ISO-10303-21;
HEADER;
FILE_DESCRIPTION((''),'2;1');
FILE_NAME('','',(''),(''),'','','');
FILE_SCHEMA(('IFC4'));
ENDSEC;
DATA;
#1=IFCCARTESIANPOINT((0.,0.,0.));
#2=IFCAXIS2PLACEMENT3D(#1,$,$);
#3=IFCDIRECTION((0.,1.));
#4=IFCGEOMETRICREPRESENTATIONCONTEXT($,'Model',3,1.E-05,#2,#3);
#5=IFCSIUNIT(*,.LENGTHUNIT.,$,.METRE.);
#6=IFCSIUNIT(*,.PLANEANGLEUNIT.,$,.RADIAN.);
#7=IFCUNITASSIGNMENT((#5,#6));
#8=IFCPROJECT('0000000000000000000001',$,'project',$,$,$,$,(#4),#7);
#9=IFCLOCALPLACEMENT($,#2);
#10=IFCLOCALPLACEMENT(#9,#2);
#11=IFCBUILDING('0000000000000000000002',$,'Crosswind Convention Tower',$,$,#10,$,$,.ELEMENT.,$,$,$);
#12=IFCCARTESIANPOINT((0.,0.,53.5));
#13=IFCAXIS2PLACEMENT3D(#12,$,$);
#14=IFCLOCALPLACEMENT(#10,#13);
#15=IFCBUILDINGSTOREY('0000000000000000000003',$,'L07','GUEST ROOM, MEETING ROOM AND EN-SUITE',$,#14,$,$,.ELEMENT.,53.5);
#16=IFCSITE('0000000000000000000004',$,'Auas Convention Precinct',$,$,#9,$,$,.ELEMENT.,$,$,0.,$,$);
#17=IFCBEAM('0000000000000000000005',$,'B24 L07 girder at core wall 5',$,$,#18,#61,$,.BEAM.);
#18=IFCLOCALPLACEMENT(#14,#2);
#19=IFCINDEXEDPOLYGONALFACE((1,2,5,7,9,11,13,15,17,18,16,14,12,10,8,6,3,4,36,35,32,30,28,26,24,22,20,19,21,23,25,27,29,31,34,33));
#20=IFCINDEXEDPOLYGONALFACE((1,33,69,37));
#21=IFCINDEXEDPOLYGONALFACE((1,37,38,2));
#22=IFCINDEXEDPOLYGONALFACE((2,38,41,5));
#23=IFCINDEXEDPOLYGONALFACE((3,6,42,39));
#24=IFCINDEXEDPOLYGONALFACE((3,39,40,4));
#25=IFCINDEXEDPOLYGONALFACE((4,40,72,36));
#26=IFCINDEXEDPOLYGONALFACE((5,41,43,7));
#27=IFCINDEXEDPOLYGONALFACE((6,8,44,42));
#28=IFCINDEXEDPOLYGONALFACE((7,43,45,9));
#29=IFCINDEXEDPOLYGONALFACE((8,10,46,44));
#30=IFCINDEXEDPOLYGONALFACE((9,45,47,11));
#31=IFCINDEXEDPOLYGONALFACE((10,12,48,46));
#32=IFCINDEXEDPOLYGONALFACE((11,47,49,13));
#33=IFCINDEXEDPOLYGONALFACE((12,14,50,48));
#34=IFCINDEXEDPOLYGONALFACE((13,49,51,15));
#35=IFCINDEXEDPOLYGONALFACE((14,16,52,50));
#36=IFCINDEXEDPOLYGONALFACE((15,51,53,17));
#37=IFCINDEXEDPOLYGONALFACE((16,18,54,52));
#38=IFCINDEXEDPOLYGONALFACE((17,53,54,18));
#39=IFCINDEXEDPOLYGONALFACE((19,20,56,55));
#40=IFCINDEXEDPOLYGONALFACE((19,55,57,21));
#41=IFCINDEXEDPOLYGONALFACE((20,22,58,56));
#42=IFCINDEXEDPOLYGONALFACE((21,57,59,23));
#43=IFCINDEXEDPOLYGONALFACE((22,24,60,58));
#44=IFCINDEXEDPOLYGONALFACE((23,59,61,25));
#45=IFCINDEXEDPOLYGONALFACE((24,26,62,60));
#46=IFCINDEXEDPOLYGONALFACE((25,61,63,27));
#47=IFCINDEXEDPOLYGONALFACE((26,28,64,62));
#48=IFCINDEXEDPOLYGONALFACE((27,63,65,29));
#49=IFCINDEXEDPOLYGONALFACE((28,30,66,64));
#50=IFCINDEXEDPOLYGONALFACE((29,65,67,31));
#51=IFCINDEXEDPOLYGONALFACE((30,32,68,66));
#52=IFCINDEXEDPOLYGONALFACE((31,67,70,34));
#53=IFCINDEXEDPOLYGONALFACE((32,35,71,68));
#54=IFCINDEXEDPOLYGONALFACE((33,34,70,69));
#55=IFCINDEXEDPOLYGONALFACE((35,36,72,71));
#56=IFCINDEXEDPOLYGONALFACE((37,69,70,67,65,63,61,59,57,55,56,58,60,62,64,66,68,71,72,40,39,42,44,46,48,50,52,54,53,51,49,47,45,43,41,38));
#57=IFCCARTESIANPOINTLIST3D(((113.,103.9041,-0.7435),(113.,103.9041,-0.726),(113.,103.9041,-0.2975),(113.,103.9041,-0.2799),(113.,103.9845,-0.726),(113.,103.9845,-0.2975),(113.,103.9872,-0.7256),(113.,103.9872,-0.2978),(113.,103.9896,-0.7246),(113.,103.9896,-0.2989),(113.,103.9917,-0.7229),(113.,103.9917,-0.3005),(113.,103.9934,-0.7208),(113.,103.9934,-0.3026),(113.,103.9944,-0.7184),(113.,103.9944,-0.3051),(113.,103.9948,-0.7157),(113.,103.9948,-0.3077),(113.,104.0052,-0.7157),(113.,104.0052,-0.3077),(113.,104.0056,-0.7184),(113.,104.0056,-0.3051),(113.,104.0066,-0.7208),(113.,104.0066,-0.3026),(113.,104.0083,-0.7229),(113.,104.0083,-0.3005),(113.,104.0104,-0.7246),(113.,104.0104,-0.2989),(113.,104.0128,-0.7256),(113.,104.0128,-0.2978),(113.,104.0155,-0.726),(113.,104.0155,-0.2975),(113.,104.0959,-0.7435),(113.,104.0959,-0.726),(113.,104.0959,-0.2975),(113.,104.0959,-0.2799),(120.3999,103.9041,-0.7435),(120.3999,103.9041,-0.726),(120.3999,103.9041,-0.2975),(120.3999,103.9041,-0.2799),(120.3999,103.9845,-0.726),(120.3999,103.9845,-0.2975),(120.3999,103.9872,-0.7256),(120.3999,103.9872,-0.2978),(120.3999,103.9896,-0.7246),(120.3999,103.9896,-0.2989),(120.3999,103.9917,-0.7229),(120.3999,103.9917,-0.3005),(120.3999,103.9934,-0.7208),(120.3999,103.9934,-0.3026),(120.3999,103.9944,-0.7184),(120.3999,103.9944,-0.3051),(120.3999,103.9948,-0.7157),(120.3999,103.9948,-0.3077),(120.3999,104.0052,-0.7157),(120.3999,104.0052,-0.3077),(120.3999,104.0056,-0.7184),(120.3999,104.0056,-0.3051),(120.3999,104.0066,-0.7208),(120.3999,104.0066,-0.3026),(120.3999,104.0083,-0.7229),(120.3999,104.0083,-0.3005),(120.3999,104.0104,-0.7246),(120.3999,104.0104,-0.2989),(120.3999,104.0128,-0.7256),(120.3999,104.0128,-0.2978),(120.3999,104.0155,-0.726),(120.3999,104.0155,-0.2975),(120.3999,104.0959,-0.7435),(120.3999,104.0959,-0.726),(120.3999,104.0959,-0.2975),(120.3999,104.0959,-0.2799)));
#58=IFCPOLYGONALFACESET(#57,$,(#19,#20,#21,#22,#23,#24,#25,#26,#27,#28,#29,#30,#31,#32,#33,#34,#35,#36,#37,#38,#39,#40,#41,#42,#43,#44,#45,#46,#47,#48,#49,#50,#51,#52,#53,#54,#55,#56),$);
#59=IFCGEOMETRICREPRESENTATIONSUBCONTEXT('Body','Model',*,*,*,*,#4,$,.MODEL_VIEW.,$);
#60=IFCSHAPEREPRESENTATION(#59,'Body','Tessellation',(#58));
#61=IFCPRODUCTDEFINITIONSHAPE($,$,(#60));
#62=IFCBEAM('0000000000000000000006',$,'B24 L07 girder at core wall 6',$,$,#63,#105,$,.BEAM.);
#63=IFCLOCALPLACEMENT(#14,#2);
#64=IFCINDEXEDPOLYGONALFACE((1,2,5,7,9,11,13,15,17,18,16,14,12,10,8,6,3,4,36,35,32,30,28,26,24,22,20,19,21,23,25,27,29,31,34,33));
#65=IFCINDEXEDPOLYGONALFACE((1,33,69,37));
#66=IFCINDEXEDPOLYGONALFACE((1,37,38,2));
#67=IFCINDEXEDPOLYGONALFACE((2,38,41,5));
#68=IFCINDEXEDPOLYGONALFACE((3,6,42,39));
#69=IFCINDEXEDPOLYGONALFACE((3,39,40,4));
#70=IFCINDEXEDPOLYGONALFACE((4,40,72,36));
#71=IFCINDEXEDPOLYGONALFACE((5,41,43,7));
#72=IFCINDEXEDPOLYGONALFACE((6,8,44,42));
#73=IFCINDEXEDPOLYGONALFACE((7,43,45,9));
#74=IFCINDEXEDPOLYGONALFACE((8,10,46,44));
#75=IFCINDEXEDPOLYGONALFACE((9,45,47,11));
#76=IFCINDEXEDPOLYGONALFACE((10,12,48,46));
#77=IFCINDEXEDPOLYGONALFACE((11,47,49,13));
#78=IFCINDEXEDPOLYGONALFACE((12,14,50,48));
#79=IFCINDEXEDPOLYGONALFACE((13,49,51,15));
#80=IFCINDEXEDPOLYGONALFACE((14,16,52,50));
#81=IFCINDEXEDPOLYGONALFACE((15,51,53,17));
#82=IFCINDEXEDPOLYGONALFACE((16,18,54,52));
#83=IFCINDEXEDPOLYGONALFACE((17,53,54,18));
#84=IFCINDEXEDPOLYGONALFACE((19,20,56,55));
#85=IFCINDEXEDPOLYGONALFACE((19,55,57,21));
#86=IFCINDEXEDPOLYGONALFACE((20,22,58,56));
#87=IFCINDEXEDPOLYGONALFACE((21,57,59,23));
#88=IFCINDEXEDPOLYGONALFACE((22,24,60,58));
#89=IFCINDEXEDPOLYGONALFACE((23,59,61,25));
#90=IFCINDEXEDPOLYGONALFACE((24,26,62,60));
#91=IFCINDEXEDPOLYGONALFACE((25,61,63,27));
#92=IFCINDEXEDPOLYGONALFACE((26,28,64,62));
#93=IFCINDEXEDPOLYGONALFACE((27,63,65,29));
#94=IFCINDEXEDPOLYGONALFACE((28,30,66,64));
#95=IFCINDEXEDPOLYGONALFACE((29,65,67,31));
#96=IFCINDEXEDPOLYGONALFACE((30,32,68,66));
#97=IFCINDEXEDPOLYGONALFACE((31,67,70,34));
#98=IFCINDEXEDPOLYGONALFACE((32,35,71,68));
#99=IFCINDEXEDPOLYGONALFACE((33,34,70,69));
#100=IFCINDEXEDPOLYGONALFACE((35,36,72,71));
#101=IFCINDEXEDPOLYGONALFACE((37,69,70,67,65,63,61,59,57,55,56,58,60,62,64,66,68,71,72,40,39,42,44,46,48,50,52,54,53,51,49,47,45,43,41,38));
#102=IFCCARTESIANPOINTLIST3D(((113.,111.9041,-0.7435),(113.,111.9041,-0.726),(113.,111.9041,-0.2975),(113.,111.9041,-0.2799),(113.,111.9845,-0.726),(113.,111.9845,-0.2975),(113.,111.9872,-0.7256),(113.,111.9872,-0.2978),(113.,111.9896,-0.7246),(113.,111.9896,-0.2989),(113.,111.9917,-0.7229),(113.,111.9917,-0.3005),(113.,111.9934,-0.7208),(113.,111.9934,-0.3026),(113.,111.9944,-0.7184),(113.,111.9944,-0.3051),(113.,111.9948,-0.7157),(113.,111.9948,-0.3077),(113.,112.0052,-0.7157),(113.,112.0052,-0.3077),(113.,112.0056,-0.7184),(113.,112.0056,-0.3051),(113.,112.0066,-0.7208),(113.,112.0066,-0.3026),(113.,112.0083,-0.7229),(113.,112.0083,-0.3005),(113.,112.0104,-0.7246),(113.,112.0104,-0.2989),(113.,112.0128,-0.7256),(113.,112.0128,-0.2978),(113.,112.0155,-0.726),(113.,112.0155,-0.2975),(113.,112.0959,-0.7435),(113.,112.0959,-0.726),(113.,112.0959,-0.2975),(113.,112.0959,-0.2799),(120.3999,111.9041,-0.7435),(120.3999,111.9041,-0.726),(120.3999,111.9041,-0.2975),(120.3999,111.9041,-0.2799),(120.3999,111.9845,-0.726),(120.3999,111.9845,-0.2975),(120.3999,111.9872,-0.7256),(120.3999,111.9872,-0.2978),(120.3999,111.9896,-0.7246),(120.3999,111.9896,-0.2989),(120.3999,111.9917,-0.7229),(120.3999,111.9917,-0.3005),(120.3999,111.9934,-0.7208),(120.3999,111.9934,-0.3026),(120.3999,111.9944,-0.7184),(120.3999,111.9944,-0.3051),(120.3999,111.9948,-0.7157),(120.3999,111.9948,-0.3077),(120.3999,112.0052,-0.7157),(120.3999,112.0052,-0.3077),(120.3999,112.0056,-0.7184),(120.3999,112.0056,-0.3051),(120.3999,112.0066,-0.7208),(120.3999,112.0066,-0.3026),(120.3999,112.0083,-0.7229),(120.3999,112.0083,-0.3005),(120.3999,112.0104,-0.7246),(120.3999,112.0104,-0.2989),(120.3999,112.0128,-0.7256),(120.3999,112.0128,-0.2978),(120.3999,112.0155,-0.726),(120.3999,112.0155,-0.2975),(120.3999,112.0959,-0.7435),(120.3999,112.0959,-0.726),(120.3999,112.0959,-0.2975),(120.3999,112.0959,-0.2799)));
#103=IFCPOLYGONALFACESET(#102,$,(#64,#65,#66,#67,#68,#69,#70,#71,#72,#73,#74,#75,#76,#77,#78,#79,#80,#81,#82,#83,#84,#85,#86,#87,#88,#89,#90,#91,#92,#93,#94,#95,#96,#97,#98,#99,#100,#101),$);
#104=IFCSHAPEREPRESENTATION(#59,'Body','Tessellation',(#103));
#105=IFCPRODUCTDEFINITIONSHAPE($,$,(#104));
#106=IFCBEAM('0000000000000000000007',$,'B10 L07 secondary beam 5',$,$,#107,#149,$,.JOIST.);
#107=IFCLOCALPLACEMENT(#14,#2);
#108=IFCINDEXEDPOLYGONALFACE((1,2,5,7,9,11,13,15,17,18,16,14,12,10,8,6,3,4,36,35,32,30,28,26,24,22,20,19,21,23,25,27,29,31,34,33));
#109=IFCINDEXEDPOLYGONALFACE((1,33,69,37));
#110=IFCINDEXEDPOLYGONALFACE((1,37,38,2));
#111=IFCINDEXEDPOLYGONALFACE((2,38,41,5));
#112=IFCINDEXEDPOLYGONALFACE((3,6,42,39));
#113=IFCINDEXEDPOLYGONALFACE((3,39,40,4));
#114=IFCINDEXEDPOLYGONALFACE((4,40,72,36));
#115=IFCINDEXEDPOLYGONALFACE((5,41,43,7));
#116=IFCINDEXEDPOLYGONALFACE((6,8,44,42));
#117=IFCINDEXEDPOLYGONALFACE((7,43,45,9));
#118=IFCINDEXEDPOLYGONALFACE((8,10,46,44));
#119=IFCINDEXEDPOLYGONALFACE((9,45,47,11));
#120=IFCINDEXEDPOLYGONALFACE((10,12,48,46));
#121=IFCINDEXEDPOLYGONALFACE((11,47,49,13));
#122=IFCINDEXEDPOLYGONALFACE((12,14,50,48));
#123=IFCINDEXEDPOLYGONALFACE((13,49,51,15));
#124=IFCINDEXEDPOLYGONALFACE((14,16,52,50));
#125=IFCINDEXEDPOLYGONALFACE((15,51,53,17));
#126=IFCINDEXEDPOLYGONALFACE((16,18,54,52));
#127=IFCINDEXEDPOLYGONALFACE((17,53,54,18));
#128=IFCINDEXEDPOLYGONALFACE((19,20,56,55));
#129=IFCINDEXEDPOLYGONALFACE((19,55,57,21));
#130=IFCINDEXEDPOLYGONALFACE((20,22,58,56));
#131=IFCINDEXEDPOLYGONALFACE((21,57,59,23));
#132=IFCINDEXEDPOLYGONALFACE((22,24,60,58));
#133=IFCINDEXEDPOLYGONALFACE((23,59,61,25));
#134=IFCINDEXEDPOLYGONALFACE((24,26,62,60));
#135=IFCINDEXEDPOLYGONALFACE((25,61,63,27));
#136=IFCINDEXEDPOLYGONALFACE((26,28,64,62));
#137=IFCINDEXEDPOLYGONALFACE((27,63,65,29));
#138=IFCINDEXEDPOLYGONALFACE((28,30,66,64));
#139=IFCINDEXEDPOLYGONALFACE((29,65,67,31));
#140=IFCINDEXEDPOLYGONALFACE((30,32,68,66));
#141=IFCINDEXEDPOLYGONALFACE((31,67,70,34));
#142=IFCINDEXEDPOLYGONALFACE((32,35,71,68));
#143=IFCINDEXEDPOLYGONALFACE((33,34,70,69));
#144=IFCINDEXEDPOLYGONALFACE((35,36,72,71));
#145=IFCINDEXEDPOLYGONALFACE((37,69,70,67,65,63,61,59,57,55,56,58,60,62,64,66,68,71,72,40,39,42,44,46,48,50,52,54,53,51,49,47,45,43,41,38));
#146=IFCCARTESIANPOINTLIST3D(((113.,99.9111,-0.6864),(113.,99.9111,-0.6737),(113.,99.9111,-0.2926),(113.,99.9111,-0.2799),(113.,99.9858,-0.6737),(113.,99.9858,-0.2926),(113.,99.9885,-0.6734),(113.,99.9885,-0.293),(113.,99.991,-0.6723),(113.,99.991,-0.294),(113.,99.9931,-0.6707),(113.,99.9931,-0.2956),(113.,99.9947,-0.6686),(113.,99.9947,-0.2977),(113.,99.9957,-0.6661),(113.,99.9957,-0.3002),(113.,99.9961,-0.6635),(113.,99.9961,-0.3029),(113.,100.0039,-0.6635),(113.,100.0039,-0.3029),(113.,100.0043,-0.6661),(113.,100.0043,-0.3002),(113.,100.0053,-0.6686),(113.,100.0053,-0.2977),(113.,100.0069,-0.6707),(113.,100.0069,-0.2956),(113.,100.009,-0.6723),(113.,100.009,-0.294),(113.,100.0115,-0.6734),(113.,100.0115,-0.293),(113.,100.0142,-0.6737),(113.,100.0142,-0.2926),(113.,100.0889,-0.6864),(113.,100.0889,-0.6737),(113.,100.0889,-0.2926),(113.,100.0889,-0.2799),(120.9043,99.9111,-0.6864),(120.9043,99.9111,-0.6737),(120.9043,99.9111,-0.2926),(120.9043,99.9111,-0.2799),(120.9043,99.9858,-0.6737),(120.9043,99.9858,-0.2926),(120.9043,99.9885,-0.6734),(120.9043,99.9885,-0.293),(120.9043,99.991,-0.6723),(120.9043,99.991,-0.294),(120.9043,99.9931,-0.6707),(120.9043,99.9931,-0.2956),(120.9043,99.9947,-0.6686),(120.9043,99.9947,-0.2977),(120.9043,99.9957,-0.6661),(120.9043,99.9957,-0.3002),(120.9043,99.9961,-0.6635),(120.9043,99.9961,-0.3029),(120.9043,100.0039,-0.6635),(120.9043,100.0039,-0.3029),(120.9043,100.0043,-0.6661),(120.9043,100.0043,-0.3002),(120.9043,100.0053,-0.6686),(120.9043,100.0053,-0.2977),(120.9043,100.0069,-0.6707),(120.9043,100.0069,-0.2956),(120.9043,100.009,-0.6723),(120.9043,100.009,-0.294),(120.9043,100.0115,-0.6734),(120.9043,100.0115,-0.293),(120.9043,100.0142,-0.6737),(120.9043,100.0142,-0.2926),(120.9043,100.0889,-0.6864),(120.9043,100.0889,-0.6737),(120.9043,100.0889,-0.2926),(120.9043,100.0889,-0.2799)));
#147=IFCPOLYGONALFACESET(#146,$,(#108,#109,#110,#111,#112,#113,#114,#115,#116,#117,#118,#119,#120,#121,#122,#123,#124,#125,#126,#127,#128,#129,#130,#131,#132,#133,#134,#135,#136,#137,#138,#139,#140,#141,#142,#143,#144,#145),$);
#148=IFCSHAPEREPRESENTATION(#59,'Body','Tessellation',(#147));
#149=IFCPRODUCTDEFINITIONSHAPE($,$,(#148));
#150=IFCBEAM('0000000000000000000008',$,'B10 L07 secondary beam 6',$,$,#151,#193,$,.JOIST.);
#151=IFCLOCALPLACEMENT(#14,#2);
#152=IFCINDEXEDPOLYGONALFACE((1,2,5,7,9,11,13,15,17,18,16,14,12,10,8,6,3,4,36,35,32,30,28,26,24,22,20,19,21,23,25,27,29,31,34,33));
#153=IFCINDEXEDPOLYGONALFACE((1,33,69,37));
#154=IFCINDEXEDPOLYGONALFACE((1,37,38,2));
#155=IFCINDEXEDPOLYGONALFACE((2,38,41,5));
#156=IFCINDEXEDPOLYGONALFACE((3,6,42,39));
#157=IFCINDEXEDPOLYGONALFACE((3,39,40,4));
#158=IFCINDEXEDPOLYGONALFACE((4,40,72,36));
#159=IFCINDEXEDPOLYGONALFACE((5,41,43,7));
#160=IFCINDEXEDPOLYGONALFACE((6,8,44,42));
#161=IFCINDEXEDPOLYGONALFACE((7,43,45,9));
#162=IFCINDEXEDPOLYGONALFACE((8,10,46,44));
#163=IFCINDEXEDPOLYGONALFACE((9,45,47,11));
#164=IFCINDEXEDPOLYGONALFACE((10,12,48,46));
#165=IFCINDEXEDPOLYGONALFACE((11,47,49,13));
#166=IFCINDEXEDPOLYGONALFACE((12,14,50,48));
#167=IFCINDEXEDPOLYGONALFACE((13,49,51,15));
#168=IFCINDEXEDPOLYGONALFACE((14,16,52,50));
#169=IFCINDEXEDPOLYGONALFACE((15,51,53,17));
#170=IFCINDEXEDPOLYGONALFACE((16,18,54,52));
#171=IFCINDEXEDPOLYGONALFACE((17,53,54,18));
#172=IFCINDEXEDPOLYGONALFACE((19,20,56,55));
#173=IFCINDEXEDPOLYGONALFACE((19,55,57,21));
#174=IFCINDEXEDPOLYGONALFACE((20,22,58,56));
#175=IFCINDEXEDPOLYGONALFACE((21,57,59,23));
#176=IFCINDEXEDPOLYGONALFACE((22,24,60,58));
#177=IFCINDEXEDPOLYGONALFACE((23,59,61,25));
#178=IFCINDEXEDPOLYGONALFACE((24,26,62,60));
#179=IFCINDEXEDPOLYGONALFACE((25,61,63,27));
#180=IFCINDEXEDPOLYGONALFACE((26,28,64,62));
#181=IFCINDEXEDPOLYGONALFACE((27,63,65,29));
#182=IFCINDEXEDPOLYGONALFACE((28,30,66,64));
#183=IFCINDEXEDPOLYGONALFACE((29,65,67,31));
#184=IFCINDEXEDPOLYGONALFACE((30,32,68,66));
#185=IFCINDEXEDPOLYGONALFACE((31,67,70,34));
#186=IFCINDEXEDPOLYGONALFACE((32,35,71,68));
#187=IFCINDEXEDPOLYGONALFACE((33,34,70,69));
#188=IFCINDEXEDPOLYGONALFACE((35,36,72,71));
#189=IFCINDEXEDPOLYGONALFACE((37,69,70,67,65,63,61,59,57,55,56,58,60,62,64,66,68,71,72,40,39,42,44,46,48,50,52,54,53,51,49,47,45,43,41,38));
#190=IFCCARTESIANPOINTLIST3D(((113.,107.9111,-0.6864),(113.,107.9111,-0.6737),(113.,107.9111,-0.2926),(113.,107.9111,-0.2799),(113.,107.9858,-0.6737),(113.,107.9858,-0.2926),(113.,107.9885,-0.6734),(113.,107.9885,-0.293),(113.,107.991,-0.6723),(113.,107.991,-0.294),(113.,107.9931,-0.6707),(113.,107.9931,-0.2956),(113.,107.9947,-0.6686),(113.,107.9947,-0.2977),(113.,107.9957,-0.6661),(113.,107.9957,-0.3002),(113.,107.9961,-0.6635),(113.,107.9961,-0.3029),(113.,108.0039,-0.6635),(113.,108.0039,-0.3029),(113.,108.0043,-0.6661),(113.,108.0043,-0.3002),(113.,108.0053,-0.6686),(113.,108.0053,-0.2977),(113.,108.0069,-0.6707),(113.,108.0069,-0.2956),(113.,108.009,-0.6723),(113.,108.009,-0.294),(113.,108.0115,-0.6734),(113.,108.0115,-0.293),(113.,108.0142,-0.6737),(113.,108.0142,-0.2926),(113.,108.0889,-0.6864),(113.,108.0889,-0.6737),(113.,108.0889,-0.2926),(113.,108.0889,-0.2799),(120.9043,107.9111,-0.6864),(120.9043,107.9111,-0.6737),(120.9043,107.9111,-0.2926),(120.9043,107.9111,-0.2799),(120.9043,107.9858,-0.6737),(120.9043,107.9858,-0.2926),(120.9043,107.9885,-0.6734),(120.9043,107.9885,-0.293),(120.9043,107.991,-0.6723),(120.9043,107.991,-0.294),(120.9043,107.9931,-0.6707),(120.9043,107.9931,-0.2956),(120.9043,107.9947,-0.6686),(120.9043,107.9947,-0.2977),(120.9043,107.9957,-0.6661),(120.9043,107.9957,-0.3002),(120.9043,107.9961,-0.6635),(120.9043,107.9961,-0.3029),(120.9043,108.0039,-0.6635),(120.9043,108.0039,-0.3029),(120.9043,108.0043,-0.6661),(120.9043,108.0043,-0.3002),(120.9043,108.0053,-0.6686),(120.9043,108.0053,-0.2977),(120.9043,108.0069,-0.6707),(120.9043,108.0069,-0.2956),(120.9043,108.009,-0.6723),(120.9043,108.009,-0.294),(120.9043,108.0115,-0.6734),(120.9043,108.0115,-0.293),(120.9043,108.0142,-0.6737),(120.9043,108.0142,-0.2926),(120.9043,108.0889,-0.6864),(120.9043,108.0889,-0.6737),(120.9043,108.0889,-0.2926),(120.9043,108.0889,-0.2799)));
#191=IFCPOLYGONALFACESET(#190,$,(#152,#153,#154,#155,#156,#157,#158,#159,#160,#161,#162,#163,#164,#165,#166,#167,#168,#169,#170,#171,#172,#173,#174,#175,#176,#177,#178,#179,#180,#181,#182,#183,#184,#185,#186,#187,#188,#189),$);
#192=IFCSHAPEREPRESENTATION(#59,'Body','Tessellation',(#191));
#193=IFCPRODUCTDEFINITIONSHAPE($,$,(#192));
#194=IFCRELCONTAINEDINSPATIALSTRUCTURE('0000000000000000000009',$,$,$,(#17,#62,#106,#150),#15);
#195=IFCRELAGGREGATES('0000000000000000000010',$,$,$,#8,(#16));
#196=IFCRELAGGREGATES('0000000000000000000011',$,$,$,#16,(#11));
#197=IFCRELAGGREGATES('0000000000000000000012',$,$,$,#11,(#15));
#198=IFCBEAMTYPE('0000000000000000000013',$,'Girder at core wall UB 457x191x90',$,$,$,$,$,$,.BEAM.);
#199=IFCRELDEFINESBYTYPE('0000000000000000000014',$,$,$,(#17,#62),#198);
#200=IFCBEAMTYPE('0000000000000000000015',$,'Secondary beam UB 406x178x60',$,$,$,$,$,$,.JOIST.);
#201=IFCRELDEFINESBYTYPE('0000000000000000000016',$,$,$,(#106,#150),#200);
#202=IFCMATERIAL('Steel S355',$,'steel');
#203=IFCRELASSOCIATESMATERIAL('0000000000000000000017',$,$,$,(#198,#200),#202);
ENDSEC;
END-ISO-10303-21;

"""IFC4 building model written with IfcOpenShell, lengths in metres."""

from ifc_helpers import new_model, si_unit, direction, frame, origin, origin_2d, place, context, subcontext, project, spatial, i_section, extrude, material, material_profile, profile_set, type_object, element, save


model = new_model("IFC4")

# Units and contexts
model_context = context("Model", 3, precision=1e-05, world=origin(), true_north=direction((0.0, 1.0)))
body_context = subcontext(model_context, "Body", "Model", "MODEL_VIEW")
ifc_project = project(units=[si_unit("LENGTHUNIT", "METRE"), si_unit("PLANEANGLEUNIT", "RADIAN")], contexts=[model_context])

# Site, building, storey
site_placement = place(None, origin())
site = spatial("IfcSite", under=ifc_project, at=site_placement, Name="Auas Convention Precinct", CompositionType="ELEMENT", RefElevation=0.0)
building_placement = place(site_placement, origin())
building = spatial("IfcBuilding", under=site, at=building_placement, Name="Crosswind Convention Tower", CompositionType="ELEMENT")
storey_placement = place(building_placement, frame((0.0, 0.0, 53.5)))
storey = spatial("IfcBuildingStorey", under=building, at=storey_placement, Name="L07", Description="GUEST ROOM, MEETING ROOM AND EN-SUITE", CompositionType="ELEMENT", Elevation=53.5)

# Beams
ifc_material_1 = material(Name="Steel S355", Category="steel")
ifc_material_profile_1 = material_profile(ifc_material_1, i_section(OverallWidth=0.1919, OverallDepth=0.4636, WebThickness=0.0105, FlangeThickness=0.0176, FilletRadius=0.0103, at=origin_2d()), Name="UB 457x191x90")
ifc_profile_set_1 = profile_set([ifc_material_profile_1], Name="Steel S355")
beam_type_1 = type_object("IfcBeamType", Name="Girder at core wall UB 457x191x90", PredefinedType="BEAM", material=ifc_profile_set_1)
for number, where, z_axis, x_axis, name in (
    (1, (113.0, 104.0, -0.5117), (1.0, 0.0, 0.0), (0.0, 1.0, 0.0), "B24 L07 girder at core wall 5"),
    (2, (113.0, 112.0, -0.5117), (1.0, 0.0, 0.0), (0.0, 1.0, 0.0), "B24 L07 girder at core wall 6"),
):
    element("IfcBeam", number, at=place(storey_placement, frame(where, z_axis=z_axis, x_axis=x_axis)), inside=storey, type_object=beam_type_1, Name=name, PredefinedType="BEAM", context=body_context, shape_type="SweptSolid", body=[
        extrude(i_section(OverallWidth=0.1919, OverallDepth=0.4636, WebThickness=0.0105, FlangeThickness=0.0176, FilletRadius=0.0103, at=origin_2d()), origin(), (0.0, 0.0, 1.0), 7.3999),
    ])
ifc_material_profile_2 = material_profile(ifc_material_1, i_section(OverallWidth=0.1777, OverallDepth=0.4065, WebThickness=0.0078, FlangeThickness=0.0127, FilletRadius=0.0103, at=origin_2d()), Name="UB 406x178x60")
ifc_profile_set_2 = profile_set([ifc_material_profile_2], Name="Steel S355")
beam_type_2 = type_object("IfcBeamType", Name="Secondary beam UB 406x178x60", PredefinedType="JOIST", material=ifc_profile_set_2)
for number, where, z_axis, x_axis, name in (
    (3, (113.0, 100.0, -0.4832), (1.0, 0.0, 0.0), (0.0, 1.0, 0.0), "B10 L07 secondary beam 5"),
    (4, (113.0, 108.0, -0.4832), (1.0, 0.0, 0.0), (0.0, 1.0, 0.0), "B10 L07 secondary beam 6"),
):
    element("IfcBeam", number, at=place(storey_placement, frame(where, z_axis=z_axis, x_axis=x_axis)), inside=storey, type_object=beam_type_2, Name=name, PredefinedType="JOIST", context=body_context, shape_type="SweptSolid", body=[
        extrude(i_section(OverallWidth=0.1777, OverallDepth=0.4065, WebThickness=0.0078, FlangeThickness=0.0127, FilletRadius=0.0103, at=origin_2d()), origin(), (0.0, 0.0, 1.0), 7.9043),
    ])

save(model, "model.ifc")
